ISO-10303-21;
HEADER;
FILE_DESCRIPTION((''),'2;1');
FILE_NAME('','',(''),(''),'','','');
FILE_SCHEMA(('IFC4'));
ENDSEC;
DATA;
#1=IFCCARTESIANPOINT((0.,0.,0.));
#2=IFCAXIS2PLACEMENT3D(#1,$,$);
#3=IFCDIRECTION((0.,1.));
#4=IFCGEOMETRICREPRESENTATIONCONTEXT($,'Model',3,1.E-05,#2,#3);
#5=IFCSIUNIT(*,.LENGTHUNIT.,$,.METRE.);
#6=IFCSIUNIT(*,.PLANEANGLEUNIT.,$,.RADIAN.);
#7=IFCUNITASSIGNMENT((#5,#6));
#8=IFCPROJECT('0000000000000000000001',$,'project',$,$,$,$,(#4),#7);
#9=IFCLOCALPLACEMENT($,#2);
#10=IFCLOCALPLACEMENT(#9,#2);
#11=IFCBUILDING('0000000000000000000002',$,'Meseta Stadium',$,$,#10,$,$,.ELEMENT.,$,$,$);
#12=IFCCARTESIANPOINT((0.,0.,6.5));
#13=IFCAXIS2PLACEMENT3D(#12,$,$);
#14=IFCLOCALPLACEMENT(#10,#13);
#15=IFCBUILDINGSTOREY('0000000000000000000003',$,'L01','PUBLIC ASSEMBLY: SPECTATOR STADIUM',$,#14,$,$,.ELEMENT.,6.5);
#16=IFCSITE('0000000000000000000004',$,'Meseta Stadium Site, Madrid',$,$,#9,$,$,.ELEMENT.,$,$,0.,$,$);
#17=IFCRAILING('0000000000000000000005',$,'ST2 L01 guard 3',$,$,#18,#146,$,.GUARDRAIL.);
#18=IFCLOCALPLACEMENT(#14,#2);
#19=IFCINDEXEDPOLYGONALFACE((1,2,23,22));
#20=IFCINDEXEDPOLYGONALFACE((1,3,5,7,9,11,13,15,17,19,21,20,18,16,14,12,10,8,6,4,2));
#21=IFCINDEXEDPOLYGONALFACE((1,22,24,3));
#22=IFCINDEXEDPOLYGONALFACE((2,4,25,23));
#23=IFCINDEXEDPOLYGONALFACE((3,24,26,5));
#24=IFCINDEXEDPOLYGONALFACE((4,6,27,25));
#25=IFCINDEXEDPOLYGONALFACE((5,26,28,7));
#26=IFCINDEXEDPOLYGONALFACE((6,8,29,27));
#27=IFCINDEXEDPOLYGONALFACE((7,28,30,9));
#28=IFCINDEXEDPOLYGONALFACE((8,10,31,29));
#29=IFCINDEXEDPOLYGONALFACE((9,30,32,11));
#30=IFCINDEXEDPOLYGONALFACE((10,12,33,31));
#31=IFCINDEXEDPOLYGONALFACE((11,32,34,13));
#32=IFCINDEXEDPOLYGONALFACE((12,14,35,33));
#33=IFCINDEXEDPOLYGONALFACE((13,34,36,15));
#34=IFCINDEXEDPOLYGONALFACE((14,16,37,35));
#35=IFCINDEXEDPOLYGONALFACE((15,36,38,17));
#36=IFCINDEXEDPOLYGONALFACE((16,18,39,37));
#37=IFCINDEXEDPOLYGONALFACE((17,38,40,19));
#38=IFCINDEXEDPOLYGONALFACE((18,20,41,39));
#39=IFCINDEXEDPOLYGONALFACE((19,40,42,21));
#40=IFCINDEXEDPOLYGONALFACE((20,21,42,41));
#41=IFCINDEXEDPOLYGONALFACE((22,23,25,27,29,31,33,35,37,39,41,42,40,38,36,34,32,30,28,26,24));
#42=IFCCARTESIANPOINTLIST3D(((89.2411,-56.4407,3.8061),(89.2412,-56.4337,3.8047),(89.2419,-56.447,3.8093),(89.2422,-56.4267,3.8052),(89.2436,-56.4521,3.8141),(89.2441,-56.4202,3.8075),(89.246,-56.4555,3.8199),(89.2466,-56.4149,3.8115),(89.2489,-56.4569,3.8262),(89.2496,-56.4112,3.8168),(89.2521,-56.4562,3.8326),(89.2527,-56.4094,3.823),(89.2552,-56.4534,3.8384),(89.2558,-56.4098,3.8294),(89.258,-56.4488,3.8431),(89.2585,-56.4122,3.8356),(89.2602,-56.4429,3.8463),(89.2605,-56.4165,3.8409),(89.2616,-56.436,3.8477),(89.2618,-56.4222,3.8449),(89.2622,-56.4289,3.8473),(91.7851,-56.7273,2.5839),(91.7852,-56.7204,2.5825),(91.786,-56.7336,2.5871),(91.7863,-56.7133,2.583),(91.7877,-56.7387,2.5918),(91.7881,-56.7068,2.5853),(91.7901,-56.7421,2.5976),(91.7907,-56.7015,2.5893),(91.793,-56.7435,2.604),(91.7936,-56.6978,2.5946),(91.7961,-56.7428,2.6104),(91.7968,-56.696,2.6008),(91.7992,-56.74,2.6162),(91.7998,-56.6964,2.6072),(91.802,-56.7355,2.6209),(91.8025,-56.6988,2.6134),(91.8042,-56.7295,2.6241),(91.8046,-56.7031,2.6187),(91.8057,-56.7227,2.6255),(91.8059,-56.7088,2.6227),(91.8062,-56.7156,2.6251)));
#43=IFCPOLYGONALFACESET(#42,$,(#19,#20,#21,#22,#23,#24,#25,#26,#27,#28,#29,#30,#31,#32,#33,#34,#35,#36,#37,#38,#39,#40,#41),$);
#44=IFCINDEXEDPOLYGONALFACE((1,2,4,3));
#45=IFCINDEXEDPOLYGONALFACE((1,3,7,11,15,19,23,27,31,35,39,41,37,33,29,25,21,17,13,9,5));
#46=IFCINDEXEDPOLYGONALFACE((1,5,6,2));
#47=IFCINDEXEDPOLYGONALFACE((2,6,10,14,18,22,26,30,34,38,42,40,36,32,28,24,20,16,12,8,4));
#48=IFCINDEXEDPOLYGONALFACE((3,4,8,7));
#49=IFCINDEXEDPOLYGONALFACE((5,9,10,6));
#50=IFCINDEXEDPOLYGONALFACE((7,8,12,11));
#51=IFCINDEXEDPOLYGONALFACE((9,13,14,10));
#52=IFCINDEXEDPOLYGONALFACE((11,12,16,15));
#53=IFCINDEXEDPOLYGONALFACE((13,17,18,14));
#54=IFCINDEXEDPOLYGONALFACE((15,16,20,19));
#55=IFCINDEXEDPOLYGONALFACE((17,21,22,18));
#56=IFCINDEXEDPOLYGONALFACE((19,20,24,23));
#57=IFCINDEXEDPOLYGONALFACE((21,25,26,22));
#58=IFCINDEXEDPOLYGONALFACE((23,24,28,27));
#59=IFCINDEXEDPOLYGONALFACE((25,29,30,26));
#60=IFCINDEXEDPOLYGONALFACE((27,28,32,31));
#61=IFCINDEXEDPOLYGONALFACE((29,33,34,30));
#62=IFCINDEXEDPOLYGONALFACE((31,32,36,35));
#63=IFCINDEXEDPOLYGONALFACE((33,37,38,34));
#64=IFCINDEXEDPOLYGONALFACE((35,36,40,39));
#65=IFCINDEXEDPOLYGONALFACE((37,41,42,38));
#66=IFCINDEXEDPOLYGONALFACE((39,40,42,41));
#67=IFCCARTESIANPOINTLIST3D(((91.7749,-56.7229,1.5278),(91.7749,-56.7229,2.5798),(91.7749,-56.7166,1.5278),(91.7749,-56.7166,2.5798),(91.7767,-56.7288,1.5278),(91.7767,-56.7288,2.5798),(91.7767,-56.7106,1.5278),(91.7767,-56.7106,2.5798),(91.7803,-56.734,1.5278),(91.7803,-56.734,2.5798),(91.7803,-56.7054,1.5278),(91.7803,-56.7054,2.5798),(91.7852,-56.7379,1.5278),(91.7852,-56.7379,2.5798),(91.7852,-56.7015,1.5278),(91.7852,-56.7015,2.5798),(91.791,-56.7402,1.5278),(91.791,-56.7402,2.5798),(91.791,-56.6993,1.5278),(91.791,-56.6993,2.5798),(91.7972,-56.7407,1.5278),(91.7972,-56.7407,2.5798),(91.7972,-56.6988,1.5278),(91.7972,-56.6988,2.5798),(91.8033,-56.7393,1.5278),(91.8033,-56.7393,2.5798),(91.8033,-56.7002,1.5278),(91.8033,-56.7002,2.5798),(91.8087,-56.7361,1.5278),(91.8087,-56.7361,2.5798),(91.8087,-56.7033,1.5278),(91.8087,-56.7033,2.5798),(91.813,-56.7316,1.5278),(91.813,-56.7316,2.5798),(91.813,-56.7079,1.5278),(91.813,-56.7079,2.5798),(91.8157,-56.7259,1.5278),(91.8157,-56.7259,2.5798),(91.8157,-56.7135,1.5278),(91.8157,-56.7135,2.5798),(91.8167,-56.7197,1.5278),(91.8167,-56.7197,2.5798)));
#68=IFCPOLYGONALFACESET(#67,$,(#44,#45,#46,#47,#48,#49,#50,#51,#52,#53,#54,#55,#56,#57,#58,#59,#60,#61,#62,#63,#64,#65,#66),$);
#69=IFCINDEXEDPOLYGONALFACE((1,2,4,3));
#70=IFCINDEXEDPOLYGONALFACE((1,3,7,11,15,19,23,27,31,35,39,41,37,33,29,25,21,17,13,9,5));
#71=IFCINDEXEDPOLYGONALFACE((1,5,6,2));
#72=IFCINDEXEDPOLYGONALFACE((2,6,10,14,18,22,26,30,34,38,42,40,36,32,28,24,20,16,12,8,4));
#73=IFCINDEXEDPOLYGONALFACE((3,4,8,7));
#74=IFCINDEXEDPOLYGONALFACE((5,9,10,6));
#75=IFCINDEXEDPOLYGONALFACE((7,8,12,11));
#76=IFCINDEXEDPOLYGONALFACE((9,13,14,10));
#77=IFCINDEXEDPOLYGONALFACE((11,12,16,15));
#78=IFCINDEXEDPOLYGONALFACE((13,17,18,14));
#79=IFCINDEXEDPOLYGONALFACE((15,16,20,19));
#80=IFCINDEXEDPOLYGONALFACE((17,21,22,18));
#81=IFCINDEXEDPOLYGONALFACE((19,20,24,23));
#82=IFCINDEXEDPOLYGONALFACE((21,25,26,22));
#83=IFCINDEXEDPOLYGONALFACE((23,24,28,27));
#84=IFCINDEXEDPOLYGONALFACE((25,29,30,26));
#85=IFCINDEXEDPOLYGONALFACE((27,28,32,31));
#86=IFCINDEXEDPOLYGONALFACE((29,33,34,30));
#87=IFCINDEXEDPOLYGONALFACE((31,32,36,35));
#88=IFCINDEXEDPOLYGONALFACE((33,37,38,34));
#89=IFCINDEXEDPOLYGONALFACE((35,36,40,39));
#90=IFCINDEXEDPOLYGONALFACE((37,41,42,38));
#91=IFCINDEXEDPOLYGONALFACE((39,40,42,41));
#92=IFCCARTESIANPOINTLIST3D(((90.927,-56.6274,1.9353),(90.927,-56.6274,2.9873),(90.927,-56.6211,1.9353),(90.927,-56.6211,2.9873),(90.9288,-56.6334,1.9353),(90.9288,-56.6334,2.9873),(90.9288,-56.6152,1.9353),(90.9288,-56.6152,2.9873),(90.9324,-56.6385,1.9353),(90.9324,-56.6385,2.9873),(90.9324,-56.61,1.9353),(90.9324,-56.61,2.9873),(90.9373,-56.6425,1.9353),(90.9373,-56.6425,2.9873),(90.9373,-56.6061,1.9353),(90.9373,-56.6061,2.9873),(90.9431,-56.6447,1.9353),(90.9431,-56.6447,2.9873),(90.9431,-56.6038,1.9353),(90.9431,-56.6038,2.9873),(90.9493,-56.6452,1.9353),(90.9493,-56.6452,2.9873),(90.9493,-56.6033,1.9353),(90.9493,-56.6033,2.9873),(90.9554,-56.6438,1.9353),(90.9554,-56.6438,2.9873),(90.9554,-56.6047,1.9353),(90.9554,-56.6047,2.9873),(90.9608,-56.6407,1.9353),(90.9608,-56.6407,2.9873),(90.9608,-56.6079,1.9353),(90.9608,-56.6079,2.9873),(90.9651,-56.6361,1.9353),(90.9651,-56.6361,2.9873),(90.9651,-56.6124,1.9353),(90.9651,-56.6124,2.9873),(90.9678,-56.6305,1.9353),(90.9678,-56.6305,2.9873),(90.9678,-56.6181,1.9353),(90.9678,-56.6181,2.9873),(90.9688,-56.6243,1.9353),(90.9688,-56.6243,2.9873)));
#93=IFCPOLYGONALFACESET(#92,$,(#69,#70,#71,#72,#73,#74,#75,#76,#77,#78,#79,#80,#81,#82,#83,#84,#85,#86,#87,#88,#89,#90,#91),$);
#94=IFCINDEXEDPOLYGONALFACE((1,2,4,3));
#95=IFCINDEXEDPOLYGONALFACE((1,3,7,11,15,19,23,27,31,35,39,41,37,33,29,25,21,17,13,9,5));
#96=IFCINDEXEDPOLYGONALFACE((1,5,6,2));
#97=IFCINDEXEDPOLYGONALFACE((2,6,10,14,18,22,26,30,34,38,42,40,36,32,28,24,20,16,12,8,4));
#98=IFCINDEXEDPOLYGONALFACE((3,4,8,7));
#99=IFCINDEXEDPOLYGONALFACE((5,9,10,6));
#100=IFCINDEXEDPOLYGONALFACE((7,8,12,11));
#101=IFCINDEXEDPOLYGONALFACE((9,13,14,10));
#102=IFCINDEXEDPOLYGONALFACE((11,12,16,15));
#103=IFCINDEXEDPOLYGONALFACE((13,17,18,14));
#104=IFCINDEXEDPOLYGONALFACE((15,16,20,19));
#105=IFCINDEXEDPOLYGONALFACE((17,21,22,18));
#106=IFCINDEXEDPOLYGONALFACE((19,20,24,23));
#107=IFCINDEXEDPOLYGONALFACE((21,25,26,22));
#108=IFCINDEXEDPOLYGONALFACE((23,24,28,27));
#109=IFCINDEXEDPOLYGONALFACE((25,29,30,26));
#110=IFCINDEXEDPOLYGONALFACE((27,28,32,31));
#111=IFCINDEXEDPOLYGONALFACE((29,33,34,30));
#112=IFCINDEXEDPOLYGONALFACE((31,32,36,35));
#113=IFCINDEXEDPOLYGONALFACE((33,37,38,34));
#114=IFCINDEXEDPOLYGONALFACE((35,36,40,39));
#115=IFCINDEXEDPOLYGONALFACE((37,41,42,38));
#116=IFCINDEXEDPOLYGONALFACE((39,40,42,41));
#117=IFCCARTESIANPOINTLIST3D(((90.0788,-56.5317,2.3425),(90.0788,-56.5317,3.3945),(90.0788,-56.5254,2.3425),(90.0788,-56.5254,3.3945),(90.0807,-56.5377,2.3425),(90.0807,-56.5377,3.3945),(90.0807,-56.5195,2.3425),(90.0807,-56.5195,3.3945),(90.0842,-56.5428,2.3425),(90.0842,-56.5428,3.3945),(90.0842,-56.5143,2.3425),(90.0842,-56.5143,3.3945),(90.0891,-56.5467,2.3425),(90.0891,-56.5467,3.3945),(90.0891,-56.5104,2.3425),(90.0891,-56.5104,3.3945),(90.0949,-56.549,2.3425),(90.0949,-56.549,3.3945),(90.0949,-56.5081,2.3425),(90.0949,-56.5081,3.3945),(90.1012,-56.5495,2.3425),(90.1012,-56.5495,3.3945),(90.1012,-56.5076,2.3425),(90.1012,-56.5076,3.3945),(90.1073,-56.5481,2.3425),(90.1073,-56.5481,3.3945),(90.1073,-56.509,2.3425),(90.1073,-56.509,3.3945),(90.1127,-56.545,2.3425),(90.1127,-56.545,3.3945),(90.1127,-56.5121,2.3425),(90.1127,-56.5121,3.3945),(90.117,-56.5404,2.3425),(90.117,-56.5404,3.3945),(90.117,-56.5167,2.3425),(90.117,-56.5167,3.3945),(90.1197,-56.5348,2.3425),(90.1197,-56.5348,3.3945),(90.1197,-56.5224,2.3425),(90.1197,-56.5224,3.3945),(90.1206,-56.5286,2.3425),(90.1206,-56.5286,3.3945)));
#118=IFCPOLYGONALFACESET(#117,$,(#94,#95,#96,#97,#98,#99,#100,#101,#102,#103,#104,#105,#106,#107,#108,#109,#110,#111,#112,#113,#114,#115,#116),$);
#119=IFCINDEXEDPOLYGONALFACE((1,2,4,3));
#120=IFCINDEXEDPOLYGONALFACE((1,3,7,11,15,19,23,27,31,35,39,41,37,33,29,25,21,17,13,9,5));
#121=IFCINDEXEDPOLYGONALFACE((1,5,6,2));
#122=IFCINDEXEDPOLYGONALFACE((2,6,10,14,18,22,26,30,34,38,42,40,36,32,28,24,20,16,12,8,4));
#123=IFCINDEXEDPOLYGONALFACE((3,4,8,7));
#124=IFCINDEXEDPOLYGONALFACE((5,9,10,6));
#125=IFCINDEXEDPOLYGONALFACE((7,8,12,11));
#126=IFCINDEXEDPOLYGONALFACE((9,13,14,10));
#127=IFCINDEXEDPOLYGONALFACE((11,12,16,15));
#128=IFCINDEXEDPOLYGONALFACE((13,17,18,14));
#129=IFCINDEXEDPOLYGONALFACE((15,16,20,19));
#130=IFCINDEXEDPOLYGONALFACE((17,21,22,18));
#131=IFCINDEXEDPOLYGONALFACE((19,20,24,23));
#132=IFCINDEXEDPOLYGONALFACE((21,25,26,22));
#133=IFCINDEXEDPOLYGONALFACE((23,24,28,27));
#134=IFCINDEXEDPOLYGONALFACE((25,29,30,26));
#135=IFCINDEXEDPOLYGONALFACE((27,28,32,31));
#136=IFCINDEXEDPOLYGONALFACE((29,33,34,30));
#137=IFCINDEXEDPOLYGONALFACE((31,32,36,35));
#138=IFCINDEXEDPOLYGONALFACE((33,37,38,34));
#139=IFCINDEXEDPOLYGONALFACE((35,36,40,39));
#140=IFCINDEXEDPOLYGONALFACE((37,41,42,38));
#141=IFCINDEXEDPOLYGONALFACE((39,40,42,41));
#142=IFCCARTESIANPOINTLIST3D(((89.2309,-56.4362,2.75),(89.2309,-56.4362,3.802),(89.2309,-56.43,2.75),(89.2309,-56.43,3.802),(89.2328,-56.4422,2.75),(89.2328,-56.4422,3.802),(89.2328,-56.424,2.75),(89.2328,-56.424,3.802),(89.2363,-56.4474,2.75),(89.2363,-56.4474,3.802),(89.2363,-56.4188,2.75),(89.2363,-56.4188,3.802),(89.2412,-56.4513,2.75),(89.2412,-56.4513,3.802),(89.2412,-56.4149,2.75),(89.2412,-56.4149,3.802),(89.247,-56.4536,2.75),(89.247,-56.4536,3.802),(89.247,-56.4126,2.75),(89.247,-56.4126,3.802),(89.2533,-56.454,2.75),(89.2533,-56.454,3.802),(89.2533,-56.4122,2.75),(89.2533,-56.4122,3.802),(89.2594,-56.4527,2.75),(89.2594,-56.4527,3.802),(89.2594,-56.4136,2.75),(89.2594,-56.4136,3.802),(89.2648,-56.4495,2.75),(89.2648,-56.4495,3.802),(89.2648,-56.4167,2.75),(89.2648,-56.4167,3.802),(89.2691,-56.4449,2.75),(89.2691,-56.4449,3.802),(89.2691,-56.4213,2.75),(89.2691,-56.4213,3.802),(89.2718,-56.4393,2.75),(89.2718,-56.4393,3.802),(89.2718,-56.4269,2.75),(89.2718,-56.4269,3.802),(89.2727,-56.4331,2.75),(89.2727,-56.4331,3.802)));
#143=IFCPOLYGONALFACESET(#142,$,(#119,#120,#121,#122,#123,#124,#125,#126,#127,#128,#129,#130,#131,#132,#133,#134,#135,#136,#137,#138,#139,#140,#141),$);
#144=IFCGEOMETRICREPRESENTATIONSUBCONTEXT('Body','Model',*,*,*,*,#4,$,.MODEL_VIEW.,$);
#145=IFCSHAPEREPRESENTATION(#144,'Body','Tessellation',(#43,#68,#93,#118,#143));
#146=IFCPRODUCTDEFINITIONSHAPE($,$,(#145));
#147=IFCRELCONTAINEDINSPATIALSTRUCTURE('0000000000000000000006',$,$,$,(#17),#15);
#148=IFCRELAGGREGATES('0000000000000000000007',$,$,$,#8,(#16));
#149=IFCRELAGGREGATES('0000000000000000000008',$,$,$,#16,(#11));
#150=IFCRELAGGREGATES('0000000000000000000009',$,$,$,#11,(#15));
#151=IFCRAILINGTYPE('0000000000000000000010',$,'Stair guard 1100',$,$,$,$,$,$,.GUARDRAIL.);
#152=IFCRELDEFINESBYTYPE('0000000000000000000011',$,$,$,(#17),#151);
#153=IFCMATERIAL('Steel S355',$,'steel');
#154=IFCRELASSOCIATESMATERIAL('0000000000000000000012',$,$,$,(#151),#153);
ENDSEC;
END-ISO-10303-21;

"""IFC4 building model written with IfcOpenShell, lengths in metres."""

from ifc_helpers import new_model, si_unit, direction, frame, origin, origin_2d, place, context, subcontext, project, spatial, circle, extrude, material, type_object, element, save


model = new_model("IFC4")

# Units and contexts
model_context = context("Model", 3, precision=1e-05, world=origin(), true_north=direction((0.0, 1.0)))
body_context = subcontext(model_context, "Body", "Model", "MODEL_VIEW")
ifc_project = project(units=[si_unit("LENGTHUNIT", "METRE"), si_unit("PLANEANGLEUNIT", "RADIAN")], contexts=[model_context])

# Site, building, storey
site_placement = place(None, origin())
site = spatial("IfcSite", under=ifc_project, at=site_placement, Name="Meseta Stadium Site, Madrid", CompositionType="ELEMENT", RefElevation=0.0)
building_placement = place(site_placement, origin())
building = spatial("IfcBuilding", under=site, at=building_placement, Name="Meseta Stadium", CompositionType="ELEMENT")
storey_placement = place(building_placement, frame((0.0, 0.0, 6.5)))
storey = spatial("IfcBuildingStorey", under=building, at=storey_placement, Name="L01", Description="PUBLIC ASSEMBLY: SPECTATOR STADIUM", CompositionType="ELEMENT", Elevation=6.5)

# Railing
ifc_material_1 = material(Name="Steel S355", Category="steel")
railing_type_1 = type_object("IfcRailingType", Name="Stair guard 1100", PredefinedType="GUARDRAIL", material=ifc_material_1)
railing_1_placement = place(storey_placement, frame((91.7957, -56.7197, 1.5278)))
element("IfcRailing", 1, at=railing_1_placement, inside=storey, type_object=railing_type_1, Name="ST2 L01 guard 3", PredefinedType="GUARDRAIL", context=body_context, shape_type="SweptSolid", body=[
    extrude(circle(Radius=0.0239, at=origin_2d()), frame((0.0, 0.0, 1.0762), z_axis=(-0.896762, 0.101036, 0.430824), x_axis=(-0.11196, -0.993713, 0.0)), (0.0, 0.0, 1.0), 2.8369),
    extrude(circle(Radius=0.021, at=origin_2d()), origin(), (0.0, 0.0, 1.0), 1.052),
    extrude(circle(Radius=0.021, at=origin_2d()), frame((-0.8479, 0.0955, 0.4075)), (0.0, 0.0, 1.0), 1.052),
    extrude(circle(Radius=0.021, at=origin_2d()), frame((-1.696, 0.1912, 0.8147)), (0.0, 0.0, 1.0), 1.052),
    extrude(circle(Radius=0.021, at=origin_2d()), frame((-2.5439, 0.2866, 1.2222)), (0.0, 0.0, 1.0), 1.052),
])

save(model, "model.ifc")
